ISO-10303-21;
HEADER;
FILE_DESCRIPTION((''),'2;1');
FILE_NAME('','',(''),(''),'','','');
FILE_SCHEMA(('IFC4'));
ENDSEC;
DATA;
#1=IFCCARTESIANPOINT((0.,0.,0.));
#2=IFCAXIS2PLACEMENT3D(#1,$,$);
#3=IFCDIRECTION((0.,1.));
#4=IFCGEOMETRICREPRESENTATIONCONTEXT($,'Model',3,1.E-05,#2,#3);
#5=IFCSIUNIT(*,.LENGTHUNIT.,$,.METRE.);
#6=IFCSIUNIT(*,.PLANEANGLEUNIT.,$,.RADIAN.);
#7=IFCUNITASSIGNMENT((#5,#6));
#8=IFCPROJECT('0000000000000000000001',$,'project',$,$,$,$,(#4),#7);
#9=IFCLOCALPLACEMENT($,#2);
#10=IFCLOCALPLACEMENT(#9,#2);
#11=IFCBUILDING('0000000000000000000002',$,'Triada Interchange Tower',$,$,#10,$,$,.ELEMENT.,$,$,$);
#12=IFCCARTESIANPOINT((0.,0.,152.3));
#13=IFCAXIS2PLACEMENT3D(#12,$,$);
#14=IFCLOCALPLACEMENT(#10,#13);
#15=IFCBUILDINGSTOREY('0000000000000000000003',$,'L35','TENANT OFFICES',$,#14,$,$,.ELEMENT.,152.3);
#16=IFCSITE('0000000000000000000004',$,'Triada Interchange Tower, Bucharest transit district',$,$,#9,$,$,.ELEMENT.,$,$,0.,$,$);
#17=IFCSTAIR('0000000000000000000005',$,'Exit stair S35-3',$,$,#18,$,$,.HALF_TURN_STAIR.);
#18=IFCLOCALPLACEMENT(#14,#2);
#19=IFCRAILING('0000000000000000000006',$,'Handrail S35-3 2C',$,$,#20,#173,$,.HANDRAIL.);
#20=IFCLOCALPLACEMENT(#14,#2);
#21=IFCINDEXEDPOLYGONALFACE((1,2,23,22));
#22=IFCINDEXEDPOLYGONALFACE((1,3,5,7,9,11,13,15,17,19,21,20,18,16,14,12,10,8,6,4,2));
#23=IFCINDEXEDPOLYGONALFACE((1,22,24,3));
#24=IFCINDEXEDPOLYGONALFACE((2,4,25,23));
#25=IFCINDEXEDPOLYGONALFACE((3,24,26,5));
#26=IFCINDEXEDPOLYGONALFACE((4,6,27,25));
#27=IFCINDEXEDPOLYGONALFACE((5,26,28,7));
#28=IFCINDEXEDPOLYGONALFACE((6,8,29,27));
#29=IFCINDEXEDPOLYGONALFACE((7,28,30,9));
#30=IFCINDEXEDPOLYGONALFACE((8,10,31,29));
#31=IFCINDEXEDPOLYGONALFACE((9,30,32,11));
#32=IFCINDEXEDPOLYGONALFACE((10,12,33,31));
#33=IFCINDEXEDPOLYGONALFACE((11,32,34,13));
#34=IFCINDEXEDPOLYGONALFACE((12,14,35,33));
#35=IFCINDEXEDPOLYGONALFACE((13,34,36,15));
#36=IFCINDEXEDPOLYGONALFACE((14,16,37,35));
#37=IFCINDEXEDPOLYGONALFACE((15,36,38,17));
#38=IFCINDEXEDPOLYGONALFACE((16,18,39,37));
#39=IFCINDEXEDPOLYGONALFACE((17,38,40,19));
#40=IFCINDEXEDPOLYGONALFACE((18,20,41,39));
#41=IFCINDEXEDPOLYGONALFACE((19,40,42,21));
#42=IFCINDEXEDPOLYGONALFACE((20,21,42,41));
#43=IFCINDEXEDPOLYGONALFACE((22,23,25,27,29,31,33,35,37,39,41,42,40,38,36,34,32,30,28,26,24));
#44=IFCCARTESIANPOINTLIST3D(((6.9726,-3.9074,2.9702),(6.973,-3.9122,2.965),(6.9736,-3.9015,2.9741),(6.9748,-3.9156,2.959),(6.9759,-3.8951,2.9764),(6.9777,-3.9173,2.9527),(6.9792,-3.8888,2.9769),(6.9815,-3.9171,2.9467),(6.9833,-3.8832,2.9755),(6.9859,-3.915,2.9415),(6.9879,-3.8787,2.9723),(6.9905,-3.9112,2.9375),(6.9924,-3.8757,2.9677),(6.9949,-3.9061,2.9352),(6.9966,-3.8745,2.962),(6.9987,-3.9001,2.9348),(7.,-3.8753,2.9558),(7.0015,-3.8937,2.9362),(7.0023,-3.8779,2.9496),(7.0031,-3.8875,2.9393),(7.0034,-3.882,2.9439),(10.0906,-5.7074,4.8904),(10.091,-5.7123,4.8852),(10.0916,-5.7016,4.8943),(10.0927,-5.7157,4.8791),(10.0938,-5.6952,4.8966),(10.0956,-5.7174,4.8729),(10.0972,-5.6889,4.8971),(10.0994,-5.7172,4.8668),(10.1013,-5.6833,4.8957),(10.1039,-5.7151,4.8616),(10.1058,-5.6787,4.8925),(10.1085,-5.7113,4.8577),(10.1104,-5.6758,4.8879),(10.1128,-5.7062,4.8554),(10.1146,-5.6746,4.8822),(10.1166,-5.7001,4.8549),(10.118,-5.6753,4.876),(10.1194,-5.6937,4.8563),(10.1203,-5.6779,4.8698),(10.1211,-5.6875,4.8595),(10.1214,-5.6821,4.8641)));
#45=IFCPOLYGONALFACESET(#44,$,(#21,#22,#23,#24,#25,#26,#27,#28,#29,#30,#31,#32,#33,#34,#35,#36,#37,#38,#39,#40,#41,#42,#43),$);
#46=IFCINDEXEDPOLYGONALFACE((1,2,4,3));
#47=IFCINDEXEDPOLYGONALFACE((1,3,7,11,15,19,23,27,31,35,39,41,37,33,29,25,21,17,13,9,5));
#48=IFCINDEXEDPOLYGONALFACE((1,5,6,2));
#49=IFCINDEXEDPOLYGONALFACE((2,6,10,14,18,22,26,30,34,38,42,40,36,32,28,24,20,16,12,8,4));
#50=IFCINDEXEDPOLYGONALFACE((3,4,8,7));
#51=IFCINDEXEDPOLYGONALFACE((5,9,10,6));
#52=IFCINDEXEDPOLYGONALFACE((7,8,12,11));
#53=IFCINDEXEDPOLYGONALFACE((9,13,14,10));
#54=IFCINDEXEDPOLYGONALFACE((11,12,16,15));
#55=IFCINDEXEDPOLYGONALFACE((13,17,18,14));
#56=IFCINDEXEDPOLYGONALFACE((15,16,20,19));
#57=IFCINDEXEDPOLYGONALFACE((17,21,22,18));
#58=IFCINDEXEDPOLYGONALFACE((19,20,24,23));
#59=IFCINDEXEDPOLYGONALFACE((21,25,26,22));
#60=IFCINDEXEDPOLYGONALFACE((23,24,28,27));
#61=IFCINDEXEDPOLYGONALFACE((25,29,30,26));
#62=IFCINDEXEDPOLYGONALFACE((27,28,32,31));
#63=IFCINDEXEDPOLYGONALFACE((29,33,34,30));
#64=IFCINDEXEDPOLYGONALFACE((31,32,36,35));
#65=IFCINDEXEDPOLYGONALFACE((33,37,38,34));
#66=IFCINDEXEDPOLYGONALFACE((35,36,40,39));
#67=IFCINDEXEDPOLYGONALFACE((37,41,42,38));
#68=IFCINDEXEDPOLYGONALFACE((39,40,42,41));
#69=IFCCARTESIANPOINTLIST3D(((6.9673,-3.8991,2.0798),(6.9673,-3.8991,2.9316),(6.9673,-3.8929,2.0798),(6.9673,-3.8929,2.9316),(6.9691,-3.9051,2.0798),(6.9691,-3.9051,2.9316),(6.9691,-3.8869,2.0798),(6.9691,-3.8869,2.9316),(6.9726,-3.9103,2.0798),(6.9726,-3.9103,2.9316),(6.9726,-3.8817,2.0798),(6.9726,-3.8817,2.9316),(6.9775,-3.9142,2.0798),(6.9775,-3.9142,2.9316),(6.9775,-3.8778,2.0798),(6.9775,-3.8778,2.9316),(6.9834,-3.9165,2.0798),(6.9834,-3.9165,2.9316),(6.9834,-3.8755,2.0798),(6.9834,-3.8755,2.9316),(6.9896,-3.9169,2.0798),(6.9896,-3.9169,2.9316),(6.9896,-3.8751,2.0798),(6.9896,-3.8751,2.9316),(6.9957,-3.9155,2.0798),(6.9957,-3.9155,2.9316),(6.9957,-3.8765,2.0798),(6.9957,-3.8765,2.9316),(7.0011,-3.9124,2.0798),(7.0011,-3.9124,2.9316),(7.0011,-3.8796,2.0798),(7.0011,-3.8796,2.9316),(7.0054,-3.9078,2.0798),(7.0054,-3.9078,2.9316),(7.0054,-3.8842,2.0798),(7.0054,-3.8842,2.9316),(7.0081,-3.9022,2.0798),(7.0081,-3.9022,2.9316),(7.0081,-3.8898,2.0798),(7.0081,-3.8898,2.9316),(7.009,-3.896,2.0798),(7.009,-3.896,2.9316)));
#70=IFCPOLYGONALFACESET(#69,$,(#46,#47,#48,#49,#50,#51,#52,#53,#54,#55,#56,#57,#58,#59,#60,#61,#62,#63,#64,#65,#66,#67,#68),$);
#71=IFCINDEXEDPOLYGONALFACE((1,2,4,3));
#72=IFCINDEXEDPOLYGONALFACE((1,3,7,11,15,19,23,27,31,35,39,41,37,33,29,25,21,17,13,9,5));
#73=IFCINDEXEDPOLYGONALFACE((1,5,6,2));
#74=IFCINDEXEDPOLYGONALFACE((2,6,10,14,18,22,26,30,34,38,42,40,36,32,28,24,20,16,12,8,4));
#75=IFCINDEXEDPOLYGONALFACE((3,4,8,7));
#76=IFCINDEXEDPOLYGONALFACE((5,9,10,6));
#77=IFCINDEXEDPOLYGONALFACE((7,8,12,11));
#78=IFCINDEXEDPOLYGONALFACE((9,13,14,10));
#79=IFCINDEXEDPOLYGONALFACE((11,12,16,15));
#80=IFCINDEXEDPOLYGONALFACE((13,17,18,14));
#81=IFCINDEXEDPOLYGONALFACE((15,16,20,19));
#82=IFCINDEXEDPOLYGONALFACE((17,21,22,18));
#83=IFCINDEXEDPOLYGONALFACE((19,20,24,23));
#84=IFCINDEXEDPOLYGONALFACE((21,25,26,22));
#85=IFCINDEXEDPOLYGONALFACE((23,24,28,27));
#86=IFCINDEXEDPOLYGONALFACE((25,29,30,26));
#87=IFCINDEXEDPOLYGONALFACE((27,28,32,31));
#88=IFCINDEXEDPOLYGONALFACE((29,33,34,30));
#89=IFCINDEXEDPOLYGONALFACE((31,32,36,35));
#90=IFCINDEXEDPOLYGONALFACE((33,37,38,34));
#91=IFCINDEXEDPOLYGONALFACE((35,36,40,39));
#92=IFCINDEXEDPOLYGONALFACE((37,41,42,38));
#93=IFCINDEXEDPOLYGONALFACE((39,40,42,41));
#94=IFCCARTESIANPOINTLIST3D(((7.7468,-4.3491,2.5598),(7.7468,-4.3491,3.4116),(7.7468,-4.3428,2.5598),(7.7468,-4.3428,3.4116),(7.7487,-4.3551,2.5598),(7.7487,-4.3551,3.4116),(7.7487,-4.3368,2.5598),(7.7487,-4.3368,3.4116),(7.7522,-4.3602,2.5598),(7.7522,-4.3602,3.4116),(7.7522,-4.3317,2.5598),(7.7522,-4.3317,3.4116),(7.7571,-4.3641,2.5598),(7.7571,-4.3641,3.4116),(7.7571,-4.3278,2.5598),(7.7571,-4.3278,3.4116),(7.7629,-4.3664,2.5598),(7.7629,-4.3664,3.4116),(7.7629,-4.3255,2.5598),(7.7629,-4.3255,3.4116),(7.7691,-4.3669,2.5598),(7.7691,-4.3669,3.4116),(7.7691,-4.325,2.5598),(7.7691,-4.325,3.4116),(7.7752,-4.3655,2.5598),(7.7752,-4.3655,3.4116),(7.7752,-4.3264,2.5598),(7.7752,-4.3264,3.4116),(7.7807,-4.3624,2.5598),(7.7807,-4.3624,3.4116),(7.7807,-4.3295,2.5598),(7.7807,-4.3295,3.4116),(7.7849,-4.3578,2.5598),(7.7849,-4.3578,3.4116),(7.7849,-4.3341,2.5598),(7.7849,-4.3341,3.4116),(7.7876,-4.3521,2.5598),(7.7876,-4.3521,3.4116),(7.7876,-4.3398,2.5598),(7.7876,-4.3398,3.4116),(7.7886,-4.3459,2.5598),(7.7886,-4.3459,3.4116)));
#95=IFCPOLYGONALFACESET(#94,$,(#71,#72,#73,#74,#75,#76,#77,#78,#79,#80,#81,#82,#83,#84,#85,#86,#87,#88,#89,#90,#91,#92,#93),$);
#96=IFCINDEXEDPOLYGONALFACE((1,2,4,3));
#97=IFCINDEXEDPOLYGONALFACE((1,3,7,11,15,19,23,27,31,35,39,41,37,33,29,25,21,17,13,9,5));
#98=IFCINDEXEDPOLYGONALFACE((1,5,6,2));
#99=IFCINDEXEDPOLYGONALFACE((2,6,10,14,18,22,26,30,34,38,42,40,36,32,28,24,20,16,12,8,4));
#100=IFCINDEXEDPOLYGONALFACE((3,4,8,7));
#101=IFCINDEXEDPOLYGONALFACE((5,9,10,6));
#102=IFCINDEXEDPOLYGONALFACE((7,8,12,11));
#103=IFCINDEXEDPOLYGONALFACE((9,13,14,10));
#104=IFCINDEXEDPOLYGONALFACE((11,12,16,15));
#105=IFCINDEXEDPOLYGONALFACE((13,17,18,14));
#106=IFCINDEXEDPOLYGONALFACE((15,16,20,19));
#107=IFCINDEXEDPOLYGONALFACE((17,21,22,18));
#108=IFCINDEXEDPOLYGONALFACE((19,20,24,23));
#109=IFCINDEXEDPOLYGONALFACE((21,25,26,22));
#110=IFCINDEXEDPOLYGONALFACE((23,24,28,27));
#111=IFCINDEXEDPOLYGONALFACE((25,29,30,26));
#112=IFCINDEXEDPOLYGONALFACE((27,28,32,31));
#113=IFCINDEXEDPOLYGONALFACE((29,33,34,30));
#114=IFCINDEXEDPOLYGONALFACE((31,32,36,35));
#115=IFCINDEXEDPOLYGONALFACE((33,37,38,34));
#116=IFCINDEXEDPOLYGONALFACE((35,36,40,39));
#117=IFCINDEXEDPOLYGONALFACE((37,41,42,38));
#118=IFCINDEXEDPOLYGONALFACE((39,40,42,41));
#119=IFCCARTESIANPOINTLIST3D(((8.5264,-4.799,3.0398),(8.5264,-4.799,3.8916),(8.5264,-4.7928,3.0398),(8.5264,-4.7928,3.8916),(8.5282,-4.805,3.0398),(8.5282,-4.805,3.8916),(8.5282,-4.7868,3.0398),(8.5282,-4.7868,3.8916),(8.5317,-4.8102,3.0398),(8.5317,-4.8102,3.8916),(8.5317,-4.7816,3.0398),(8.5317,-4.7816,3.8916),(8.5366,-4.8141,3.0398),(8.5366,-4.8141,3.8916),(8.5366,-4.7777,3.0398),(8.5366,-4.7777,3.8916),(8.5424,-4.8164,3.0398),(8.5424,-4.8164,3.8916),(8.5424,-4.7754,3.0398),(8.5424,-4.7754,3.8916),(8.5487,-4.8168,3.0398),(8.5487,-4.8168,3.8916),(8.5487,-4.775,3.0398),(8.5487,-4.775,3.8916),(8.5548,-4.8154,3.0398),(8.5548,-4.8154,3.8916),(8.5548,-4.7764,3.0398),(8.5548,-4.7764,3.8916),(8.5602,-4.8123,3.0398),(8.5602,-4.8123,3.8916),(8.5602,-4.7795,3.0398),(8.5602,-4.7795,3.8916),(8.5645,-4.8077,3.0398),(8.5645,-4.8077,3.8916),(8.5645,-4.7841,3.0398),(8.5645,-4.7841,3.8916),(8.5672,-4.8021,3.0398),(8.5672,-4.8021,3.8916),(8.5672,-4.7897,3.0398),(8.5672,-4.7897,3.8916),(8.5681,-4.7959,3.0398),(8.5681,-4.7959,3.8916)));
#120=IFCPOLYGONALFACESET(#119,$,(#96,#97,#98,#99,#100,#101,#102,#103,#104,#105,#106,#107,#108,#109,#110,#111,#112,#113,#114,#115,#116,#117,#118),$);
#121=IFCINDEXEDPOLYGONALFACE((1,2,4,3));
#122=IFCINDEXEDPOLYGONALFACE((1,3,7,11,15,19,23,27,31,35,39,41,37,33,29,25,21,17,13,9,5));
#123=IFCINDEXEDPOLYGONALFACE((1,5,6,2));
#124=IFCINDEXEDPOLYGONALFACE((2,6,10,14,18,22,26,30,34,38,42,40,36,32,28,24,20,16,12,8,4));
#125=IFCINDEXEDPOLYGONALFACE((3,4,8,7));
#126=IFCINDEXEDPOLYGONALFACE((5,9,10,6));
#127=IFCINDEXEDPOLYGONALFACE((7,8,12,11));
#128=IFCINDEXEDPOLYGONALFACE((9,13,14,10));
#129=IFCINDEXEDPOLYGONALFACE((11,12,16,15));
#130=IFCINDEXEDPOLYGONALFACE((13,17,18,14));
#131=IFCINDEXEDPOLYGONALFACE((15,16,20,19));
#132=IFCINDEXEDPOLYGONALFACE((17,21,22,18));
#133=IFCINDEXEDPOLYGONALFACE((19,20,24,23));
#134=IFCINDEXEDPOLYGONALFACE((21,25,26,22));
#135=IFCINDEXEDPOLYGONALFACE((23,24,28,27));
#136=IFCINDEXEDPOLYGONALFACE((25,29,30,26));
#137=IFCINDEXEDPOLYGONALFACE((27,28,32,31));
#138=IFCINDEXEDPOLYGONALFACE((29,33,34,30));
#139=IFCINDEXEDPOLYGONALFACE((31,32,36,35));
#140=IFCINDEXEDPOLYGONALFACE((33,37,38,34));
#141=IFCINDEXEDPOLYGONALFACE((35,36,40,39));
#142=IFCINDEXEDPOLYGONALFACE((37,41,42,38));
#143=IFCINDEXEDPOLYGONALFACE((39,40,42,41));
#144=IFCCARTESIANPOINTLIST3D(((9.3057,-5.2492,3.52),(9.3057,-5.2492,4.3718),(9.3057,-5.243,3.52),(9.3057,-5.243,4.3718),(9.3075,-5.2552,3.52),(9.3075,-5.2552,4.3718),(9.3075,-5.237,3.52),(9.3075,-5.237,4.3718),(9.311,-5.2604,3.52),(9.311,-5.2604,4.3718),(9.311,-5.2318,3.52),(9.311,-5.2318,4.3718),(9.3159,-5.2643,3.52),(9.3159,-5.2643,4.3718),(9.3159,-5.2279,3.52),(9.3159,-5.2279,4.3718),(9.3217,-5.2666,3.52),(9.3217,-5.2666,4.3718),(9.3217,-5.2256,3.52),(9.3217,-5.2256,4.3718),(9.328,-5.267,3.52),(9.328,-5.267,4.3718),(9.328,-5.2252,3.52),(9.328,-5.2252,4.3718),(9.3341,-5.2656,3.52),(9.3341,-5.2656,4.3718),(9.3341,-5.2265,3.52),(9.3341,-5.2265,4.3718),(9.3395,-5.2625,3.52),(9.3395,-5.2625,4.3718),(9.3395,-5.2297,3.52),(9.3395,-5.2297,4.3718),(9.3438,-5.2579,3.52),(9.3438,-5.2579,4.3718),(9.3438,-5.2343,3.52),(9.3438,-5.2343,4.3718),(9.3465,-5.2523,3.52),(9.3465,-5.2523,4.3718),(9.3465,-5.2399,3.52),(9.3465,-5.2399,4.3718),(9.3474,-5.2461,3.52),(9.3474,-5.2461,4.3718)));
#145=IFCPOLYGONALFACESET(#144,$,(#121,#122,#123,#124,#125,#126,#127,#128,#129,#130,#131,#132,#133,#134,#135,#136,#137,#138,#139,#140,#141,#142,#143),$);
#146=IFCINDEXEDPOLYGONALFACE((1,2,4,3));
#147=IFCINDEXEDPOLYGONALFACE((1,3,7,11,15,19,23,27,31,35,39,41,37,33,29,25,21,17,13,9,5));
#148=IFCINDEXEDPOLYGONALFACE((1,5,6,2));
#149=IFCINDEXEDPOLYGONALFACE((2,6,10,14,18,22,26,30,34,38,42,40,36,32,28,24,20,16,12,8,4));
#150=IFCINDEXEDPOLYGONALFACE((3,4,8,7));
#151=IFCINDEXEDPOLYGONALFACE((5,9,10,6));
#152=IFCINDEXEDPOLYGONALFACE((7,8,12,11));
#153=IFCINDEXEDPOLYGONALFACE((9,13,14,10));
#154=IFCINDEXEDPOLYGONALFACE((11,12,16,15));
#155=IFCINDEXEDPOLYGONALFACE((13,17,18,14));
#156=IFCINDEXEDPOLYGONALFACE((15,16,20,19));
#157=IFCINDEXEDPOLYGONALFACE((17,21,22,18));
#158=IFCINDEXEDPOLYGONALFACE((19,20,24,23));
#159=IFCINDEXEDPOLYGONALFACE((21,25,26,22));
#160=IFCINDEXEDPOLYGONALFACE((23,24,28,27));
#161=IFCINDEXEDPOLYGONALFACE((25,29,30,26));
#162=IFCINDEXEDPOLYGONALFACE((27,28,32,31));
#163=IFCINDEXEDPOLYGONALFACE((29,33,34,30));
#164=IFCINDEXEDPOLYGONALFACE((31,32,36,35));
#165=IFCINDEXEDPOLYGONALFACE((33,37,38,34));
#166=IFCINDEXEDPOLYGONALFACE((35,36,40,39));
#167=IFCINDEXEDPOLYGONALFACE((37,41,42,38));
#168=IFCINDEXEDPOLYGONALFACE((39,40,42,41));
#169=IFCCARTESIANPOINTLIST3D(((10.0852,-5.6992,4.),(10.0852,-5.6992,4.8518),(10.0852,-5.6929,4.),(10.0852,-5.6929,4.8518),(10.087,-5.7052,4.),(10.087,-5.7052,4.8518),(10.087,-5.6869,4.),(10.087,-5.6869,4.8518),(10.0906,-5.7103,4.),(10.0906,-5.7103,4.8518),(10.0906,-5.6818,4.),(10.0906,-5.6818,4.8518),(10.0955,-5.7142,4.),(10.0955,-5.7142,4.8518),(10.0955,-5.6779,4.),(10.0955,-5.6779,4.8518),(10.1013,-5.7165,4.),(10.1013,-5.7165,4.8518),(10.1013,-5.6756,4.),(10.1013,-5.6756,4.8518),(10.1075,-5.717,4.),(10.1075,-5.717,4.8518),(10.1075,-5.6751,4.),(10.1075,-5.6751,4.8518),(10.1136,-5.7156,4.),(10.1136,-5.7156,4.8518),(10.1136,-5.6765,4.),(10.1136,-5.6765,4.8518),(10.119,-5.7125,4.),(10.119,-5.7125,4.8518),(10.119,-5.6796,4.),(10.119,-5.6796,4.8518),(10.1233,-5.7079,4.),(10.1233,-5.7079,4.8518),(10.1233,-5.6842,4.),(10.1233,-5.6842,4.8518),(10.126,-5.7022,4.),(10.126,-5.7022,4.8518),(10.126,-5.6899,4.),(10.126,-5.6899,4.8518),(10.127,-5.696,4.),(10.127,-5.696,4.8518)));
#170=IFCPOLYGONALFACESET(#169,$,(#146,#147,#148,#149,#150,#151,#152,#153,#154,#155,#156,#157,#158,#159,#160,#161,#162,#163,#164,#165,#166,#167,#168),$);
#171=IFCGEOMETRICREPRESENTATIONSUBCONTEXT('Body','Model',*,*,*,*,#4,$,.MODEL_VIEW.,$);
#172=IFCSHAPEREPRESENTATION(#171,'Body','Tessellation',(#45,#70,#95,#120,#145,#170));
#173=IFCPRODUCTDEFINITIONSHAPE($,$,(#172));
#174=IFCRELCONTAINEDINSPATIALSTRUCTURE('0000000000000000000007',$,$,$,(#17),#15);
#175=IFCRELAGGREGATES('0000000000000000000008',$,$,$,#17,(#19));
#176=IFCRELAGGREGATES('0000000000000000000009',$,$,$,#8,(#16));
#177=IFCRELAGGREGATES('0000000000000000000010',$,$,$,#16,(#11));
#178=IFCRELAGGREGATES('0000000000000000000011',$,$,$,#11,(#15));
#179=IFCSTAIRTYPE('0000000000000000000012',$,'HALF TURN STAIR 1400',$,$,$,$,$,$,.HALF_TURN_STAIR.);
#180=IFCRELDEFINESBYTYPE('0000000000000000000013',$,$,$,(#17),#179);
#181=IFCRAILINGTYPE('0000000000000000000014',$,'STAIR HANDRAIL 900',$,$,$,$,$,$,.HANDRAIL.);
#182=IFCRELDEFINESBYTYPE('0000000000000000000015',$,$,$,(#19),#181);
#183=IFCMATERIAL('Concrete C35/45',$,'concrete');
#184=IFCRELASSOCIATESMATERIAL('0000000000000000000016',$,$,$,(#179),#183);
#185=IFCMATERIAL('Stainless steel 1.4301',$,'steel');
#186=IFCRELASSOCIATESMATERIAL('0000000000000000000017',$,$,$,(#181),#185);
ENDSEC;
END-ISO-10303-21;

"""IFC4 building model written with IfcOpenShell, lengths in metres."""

from ifc_helpers import new_model, si_unit, direction, frame, origin, origin_2d, place, context, subcontext, project, spatial, circle, extrude, material, type_object, element, aggregate, save


model = new_model("IFC4")

# Units and contexts
model_context = context("Model", 3, precision=1e-05, world=origin(), true_north=direction((0.0, 1.0)))
body_context = subcontext(model_context, "Body", "Model", "MODEL_VIEW")
ifc_project = project(units=[si_unit("LENGTHUNIT", "METRE"), si_unit("PLANEANGLEUNIT", "RADIAN")], contexts=[model_context])

# Site, building, storey
site_placement = place(None, origin())
site = spatial("IfcSite", under=ifc_project, at=site_placement, Name="Triada Interchange Tower, Bucharest transit district", CompositionType="ELEMENT", RefElevation=0.0)
building_placement = place(site_placement, origin())
building = spatial("IfcBuilding", under=site, at=building_placement, Name="Triada Interchange Tower", CompositionType="ELEMENT")
storey_placement = place(building_placement, frame((0.0, 0.0, 152.3)))
storey = spatial("IfcBuildingStorey", under=building, at=storey_placement, Name="L35", Description="TENANT OFFICES", CompositionType="ELEMENT", Elevation=152.3)

# Stair, railing
ifc_material_1 = material(Name="Concrete C35/45", Category="concrete")
stair_type = type_object("IfcStairType", Name="HALF TURN STAIR 1400", PredefinedType="HALF_TURN_STAIR", material=ifc_material_1)
stair_placement = place(storey_placement, origin())
stair = element("IfcStair", 1, at=stair_placement, inside=storey, type_object=stair_type, Name="Exit stair S35-3", PredefinedType="HALF_TURN_STAIR")
ifc_material_2 = material(Name="Stainless steel 1.4301", Category="steel")
railing_type = type_object("IfcRailingType", Name="STAIR HANDRAIL 900", PredefinedType="HANDRAIL", material=ifc_material_2)
railing_1_placement = place(storey_placement, frame((6.988, -3.896, 2.0798)))
railing_1 = element("IfcRailing", 2, at=railing_1_placement, type_object=railing_type, Name="Handrail S35-3 2C", PredefinedType="HANDRAIL", context=body_context, shape_type="SweptSolid", body=[
    extrude(circle(Radius=0.0239, at=origin_2d()), frame((0.0, 0.0, 0.876), z_axis=(0.764145, -0.441159, 0.470597), x_axis=(0.499983, 0.866035, 0.0)), (0.0, 0.0, 1.0), 4.0803),
    extrude(circle(Radius=0.021, at=origin_2d()), origin(), (0.0, 0.0, 1.0), 0.8518),
    extrude(circle(Radius=0.021, at=origin_2d()), frame((0.7795, -0.45, 0.48)), (0.0, 0.0, 1.0), 0.8518),
    extrude(circle(Radius=0.021, at=origin_2d()), frame((1.5591, -0.8999, 0.96)), (0.0, 0.0, 1.0), 0.8518),
    extrude(circle(Radius=0.021, at=origin_2d()), frame((2.3384, -1.3501, 1.4402)), (0.0, 0.0, 1.0), 0.8518),
    extrude(circle(Radius=0.021, at=origin_2d()), frame((3.1179, -1.8, 1.9202)), (0.0, 0.0, 1.0), 0.8518),
])
aggregate(stair, [railing_1])

save(model, "model.ifc")
